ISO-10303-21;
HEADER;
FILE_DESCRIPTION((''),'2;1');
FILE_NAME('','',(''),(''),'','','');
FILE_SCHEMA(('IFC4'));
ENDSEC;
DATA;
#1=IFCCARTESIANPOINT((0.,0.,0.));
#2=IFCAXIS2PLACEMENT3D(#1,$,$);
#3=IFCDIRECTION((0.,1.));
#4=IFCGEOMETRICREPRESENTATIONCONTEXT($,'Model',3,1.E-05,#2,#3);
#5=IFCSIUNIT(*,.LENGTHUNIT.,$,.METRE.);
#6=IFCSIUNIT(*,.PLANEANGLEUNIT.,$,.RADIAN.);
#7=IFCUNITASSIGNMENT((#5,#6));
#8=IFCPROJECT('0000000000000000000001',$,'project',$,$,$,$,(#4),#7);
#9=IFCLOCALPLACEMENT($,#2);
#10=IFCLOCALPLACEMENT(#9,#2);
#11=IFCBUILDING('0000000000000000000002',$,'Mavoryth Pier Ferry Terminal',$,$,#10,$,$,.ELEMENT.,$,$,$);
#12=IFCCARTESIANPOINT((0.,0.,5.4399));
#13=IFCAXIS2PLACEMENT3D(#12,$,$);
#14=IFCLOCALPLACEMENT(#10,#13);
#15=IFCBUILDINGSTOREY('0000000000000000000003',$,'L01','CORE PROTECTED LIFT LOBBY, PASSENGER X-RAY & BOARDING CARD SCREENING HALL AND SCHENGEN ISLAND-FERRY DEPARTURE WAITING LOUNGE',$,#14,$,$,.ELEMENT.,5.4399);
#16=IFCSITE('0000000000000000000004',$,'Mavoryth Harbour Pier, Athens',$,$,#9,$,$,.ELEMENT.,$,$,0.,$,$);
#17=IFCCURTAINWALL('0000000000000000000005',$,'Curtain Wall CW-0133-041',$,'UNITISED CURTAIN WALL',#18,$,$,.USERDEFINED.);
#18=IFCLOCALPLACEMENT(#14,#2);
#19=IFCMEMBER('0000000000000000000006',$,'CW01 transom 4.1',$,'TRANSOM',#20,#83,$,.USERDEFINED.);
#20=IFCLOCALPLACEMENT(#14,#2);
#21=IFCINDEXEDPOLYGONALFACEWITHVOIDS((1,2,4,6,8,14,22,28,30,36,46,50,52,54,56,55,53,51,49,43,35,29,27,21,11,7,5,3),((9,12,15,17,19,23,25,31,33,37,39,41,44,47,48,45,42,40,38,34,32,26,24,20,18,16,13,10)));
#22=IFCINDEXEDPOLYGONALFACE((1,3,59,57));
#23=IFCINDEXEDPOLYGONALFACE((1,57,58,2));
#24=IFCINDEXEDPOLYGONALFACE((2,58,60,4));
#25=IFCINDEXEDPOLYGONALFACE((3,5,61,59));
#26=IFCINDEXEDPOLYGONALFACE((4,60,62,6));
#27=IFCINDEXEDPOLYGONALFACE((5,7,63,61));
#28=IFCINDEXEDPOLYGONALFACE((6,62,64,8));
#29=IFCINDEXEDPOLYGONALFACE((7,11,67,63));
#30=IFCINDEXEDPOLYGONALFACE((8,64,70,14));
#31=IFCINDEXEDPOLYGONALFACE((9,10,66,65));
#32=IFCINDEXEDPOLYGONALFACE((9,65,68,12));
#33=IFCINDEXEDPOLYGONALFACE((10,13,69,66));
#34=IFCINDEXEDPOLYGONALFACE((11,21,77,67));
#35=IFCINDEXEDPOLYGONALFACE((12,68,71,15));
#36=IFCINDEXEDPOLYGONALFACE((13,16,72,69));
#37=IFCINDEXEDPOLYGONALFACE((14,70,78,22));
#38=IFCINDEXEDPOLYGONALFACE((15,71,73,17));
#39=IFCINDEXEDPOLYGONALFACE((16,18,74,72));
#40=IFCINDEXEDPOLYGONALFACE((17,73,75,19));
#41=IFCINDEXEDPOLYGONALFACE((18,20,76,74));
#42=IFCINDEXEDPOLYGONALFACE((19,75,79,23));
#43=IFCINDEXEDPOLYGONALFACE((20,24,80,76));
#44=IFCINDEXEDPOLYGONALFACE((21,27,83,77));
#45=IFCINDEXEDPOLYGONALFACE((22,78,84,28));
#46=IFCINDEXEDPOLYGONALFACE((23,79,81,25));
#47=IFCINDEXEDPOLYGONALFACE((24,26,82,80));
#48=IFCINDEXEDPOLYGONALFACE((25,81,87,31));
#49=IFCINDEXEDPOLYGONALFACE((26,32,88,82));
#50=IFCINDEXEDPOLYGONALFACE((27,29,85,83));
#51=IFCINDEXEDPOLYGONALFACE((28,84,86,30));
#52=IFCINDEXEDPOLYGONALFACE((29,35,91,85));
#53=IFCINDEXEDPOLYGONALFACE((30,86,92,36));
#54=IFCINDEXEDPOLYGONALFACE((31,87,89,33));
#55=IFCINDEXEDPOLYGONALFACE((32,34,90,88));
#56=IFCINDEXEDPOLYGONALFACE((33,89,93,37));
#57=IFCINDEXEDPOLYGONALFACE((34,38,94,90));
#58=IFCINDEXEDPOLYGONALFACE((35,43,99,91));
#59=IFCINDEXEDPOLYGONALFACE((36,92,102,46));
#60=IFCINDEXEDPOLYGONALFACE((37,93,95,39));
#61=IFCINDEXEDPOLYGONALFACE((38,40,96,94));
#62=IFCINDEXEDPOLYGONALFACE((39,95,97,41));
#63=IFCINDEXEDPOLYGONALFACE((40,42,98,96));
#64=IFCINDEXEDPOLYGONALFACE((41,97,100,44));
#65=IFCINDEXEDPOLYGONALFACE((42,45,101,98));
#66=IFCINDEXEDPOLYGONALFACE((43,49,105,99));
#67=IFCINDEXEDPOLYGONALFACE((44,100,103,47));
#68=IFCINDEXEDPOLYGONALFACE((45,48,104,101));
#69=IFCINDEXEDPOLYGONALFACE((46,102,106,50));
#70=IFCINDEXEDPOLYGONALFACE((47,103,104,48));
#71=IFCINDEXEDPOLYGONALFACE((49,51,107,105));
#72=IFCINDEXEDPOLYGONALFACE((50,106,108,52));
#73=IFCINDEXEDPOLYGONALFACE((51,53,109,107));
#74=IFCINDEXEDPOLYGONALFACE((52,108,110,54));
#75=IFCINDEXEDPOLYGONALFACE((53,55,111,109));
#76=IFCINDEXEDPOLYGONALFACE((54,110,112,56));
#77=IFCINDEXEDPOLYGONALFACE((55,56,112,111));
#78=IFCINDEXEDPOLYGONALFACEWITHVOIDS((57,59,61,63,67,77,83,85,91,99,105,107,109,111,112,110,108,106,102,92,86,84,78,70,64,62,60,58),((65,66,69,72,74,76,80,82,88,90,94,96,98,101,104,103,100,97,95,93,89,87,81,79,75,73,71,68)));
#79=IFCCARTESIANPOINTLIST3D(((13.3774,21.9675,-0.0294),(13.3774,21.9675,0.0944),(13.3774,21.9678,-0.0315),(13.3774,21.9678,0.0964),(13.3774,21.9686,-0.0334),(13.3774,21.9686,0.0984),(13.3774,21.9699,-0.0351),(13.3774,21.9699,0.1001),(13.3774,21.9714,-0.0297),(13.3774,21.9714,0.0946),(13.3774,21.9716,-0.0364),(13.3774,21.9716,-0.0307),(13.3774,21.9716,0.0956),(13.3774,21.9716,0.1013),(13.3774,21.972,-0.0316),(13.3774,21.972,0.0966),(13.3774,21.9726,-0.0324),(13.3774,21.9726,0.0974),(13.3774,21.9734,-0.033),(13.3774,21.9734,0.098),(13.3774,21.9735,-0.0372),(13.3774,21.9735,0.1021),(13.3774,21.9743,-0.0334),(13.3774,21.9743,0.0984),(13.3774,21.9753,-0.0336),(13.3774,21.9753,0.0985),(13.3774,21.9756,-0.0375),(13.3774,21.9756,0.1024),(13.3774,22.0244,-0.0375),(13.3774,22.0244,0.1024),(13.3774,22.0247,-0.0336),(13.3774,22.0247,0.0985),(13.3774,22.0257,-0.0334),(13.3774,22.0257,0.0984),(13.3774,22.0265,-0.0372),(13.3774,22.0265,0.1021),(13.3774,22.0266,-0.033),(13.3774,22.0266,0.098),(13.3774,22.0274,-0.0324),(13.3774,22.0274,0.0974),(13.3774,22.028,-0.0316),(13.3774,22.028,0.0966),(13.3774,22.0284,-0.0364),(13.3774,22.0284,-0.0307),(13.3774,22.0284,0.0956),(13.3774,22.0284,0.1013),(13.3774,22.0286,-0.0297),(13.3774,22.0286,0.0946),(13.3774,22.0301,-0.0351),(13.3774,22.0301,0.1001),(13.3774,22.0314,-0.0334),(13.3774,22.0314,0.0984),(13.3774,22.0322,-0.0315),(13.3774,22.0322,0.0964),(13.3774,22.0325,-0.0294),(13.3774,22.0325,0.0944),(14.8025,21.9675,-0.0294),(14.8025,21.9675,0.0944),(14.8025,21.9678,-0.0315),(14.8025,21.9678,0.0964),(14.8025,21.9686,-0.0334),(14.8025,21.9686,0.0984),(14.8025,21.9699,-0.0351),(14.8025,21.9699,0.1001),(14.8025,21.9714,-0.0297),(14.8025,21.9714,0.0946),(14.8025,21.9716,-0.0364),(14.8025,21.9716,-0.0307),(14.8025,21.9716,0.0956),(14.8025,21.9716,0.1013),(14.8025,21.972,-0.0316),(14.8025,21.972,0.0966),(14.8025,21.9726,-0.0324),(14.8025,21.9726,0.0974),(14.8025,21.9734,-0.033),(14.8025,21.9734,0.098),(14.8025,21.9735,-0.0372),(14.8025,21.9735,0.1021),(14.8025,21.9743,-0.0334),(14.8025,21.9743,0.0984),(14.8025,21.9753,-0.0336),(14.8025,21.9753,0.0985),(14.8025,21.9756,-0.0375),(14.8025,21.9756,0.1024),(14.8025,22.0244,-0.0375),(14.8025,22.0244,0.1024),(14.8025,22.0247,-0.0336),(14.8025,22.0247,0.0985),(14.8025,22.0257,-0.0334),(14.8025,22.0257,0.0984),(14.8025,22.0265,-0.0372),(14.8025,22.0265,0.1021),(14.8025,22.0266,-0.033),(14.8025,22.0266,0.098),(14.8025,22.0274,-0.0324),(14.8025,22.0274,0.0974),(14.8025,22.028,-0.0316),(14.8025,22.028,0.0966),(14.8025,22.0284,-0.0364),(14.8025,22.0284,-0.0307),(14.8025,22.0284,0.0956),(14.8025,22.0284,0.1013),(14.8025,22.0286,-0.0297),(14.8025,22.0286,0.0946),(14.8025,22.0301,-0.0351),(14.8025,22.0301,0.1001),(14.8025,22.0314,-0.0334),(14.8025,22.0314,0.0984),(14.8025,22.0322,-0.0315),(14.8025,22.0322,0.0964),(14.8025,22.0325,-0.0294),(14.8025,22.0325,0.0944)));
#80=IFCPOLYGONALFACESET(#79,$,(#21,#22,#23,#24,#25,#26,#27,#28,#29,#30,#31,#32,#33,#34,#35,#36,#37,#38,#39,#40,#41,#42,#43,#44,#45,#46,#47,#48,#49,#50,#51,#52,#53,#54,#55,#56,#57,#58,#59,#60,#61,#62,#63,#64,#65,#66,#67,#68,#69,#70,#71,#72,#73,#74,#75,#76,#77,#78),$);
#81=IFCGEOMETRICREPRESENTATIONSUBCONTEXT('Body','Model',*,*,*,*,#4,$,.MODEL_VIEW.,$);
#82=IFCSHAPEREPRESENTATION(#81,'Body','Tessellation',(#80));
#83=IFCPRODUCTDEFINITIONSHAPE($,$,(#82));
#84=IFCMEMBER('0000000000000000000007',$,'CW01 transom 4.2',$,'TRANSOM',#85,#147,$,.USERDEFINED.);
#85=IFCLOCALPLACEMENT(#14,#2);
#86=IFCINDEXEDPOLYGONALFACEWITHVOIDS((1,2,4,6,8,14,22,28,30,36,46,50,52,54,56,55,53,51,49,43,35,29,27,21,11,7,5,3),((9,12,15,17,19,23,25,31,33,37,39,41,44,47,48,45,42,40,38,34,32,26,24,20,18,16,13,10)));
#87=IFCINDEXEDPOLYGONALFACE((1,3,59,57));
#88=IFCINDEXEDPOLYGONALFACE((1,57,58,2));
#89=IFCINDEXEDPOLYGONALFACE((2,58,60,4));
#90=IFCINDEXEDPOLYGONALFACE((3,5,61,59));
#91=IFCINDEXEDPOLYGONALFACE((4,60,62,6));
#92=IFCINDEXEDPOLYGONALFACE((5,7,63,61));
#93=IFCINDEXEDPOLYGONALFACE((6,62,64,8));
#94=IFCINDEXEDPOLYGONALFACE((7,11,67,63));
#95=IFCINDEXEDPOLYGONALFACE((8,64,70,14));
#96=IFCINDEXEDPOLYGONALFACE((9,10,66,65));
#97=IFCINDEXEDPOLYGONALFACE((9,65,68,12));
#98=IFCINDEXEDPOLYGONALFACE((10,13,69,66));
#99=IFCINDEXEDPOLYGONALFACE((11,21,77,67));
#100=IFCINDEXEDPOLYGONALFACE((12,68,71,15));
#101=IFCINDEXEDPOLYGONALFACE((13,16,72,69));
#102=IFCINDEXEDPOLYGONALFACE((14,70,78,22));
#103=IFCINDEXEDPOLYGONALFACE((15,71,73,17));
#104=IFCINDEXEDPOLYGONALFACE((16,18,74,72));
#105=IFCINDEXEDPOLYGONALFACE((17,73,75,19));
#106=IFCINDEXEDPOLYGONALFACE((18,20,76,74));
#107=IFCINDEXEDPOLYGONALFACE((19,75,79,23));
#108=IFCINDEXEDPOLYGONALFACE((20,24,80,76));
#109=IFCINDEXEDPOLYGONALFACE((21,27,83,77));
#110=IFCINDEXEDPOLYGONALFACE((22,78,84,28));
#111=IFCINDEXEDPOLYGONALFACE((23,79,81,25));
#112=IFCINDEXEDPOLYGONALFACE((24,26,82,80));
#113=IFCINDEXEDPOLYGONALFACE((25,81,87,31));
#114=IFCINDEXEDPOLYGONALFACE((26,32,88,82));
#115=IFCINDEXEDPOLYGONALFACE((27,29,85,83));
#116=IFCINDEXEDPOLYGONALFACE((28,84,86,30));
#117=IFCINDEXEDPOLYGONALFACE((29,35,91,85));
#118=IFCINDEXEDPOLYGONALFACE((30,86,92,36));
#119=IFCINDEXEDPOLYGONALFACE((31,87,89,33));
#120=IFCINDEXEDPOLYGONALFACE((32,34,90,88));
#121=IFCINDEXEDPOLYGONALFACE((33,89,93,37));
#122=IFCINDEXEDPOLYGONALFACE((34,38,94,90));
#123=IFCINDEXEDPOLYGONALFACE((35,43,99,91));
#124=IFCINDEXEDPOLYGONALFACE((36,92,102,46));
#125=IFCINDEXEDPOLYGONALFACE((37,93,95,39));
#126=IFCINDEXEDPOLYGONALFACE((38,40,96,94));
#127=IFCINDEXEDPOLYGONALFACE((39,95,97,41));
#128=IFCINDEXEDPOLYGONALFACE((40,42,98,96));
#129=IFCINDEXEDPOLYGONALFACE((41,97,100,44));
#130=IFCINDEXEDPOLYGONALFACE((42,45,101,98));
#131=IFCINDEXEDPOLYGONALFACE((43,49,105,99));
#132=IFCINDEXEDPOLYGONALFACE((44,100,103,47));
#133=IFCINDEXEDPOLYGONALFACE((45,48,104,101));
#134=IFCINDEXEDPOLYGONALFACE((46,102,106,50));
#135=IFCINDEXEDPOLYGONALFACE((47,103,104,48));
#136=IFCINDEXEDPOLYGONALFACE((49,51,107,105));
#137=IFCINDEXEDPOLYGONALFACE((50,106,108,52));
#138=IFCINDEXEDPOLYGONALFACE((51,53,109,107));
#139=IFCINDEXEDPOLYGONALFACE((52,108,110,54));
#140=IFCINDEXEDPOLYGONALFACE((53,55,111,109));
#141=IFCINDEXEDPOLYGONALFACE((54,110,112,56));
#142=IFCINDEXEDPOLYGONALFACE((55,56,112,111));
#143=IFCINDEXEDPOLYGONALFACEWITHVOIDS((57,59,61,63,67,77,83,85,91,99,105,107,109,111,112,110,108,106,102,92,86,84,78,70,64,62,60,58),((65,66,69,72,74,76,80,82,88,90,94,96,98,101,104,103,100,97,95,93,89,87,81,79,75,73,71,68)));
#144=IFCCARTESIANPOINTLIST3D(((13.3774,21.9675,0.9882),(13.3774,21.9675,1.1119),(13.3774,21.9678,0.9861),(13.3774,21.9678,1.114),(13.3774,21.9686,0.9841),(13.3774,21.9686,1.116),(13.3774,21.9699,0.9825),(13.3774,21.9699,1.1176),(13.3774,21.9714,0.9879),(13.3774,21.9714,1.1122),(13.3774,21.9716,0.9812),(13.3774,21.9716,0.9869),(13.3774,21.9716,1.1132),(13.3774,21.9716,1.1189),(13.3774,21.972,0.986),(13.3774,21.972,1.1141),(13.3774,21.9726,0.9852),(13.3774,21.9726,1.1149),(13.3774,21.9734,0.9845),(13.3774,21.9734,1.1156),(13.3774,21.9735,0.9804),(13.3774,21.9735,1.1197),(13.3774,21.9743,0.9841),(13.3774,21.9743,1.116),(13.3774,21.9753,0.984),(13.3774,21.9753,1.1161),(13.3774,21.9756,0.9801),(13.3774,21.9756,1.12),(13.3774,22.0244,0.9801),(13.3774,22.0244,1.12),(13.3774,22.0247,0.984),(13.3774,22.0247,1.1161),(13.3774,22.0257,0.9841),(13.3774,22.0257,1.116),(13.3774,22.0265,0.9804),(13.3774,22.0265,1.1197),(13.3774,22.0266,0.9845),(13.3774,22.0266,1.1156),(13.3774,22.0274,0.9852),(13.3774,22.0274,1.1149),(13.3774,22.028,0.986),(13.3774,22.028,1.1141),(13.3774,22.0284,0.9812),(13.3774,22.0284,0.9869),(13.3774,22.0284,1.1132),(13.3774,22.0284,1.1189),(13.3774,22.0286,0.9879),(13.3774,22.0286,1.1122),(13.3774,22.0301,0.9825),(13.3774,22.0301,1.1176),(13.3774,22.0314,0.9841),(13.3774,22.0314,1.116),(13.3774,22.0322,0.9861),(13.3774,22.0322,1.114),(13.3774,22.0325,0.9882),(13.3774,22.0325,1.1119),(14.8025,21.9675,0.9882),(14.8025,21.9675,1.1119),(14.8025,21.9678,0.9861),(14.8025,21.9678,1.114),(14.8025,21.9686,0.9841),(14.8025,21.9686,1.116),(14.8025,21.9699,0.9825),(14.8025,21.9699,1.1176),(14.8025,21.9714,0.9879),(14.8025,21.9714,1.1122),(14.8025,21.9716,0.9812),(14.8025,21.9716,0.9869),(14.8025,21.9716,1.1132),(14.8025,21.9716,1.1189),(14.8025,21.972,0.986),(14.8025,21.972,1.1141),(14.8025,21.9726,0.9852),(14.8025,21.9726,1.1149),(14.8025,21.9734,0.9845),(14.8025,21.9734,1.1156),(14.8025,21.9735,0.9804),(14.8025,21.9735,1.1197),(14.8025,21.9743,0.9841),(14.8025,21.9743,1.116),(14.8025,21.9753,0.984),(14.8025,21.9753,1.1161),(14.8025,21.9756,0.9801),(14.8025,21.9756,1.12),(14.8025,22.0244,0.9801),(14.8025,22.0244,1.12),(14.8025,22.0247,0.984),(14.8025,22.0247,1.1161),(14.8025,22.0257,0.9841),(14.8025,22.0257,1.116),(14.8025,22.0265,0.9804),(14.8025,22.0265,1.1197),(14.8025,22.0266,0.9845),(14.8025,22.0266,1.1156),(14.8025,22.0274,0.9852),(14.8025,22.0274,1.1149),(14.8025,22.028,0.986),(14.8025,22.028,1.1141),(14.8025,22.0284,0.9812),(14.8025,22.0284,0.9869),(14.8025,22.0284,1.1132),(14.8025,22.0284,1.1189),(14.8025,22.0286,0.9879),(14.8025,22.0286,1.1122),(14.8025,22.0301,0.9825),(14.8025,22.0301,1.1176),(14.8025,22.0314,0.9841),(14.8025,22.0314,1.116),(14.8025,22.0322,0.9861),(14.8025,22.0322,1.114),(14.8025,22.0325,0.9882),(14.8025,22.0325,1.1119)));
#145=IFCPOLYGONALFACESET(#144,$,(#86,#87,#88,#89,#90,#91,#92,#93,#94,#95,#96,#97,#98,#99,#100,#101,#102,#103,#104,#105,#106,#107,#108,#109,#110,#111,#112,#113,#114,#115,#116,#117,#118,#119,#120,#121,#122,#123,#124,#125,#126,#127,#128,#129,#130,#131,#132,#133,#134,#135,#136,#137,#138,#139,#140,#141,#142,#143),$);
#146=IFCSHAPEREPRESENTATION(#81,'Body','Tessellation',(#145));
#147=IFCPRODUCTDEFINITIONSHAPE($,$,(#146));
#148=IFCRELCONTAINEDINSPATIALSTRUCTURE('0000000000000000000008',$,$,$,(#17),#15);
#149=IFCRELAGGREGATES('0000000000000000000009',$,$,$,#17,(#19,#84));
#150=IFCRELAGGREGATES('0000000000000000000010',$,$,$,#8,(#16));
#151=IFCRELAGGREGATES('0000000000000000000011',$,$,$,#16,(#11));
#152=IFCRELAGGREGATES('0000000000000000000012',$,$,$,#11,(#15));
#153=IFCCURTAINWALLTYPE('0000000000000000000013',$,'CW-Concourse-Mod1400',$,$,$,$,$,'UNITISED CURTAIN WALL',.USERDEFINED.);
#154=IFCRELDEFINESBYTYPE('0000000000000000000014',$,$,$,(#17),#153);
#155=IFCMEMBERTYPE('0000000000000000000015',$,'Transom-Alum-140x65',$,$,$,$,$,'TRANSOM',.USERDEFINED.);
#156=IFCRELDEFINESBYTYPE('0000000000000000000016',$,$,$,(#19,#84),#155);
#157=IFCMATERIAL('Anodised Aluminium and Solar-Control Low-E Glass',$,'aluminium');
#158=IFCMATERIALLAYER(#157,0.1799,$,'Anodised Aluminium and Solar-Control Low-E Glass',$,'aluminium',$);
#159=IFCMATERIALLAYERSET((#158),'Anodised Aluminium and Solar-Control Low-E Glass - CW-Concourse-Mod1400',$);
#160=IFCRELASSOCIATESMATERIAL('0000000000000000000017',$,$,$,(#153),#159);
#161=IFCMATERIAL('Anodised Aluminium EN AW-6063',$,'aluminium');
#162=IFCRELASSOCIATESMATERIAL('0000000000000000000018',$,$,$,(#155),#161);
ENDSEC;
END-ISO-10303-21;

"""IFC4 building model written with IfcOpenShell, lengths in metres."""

from ifc_helpers import new_model, si_unit, direction, frame, origin, origin_2d, place, context, subcontext, project, spatial, hollow_rectangle, extrude, material, layer, layer_set, material_profile, profile_set, type_object, element, aggregate, save


model = new_model("IFC4")

# Units and contexts
model_context = context("Model", 3, precision=1e-05, world=origin(), true_north=direction((0.0, 1.0)))
body_context = subcontext(model_context, "Body", "Model", "MODEL_VIEW")
ifc_project = project(units=[si_unit("LENGTHUNIT", "METRE"), si_unit("PLANEANGLEUNIT", "RADIAN")], contexts=[model_context])

# Site, building, storey
site_placement = place(None, origin())
site = spatial("IfcSite", under=ifc_project, at=site_placement, Name="Mavoryth Harbour Pier, Athens", CompositionType="ELEMENT", RefElevation=0.0)
building_placement = place(site_placement, origin())
building = spatial("IfcBuilding", under=site, at=building_placement, Name="Mavoryth Pier Ferry Terminal", CompositionType="ELEMENT")
storey_placement = place(building_placement, frame((0.0, 0.0, 5.4399)))
storey = spatial("IfcBuildingStorey", under=building, at=storey_placement, Name="L01", Description="CORE PROTECTED LIFT LOBBY, PASSENGER X-RAY & BOARDING CARD SCREENING HALL AND SCHENGEN ISLAND-FERRY DEPARTURE WAITING LOUNGE", CompositionType="ELEMENT", Elevation=5.4399)

# Curtain wall
ifc_material_1 = material(Name="Anodised Aluminium and Solar-Control Low-E Glass", Category="aluminium")
ifc_layer_1 = layer(ifc_material_1, 0.1799, Name="Anodised Aluminium and Solar-Control Low-E Glass", Category="aluminium")
ifc_layer_set_1 = layer_set([ifc_layer_1], Name="Anodised Aluminium and Solar-Control Low-E Glass - CW-Concourse-Mod1400")
curtain_wall_type = type_object("IfcCurtainWallType", Name="CW-Concourse-Mod1400", ElementType="UNITISED CURTAIN WALL", PredefinedType="USERDEFINED", material=ifc_layer_set_1)
curtain_wall_1_placement = place(storey_placement, origin())
curtain_wall_1 = element("IfcCurtainWall", 1, at=curtain_wall_1_placement, inside=storey, type_object=curtain_wall_type, Name="Curtain Wall CW-0133-041", ObjectType="UNITISED CURTAIN WALL", PredefinedType="USERDEFINED")
ifc_material_2 = material(Name="Anodised Aluminium EN AW-6063", Category="aluminium")

# Members
ifc_material_profile_1 = material_profile(ifc_material_2, hollow_rectangle(XDim=0.0649, YDim=0.1399, WallThickness=0.0039, InnerFilletRadius=0.0039, OuterFilletRadius=0.0081, at=origin_2d()), Name="AL-TRAN 140x65x4", Category="aluminium")
ifc_profile_set_1 = profile_set([ifc_material_profile_1], Name="Anodised Aluminium EN AW-6063 - AL-TRAN 140x65x4")
member_type_1 = type_object("IfcMemberType", Name="Transom-Alum-140x65", ElementType="TRANSOM", PredefinedType="USERDEFINED", material=ifc_profile_set_1)
member_1_placement = place(storey_placement, frame((13.3774, 22.0, 0.0325), z_axis=(1.0, 0.0, 0.0), x_axis=(0.0, 1.0, 0.0)))
member_1 = element("IfcMember", 2, at=member_1_placement, type_object=member_type_1, Name="CW01 transom 4.1", ObjectType="TRANSOM", PredefinedType="USERDEFINED", context=body_context, shape_type="SweptSolid", body=[
    extrude(hollow_rectangle(XDim=0.0649, YDim=0.1399, WallThickness=0.0039, InnerFilletRadius=0.0039, OuterFilletRadius=0.0081, at=origin_2d()), origin(), (0.0, 0.0, 1.0), 1.425),
])
member_2_placement = place(storey_placement, frame((13.3774, 22.0, 1.05), z_axis=(1.0, 0.0, 0.0), x_axis=(0.0, 1.0, 0.0)))
member_2 = element("IfcMember", 3, at=member_2_placement, type_object=member_type_1, Name="CW01 transom 4.2", ObjectType="TRANSOM", PredefinedType="USERDEFINED", context=body_context, shape_type="SweptSolid", body=[
    extrude(hollow_rectangle(XDim=0.0649, YDim=0.1399, WallThickness=0.0039, InnerFilletRadius=0.0039, OuterFilletRadius=0.0081, at=origin_2d()), origin(), (0.0, 0.0, 1.0), 1.425),
])

aggregate(curtain_wall_1, [member_1, member_2])

save(model, "model.ifc")
